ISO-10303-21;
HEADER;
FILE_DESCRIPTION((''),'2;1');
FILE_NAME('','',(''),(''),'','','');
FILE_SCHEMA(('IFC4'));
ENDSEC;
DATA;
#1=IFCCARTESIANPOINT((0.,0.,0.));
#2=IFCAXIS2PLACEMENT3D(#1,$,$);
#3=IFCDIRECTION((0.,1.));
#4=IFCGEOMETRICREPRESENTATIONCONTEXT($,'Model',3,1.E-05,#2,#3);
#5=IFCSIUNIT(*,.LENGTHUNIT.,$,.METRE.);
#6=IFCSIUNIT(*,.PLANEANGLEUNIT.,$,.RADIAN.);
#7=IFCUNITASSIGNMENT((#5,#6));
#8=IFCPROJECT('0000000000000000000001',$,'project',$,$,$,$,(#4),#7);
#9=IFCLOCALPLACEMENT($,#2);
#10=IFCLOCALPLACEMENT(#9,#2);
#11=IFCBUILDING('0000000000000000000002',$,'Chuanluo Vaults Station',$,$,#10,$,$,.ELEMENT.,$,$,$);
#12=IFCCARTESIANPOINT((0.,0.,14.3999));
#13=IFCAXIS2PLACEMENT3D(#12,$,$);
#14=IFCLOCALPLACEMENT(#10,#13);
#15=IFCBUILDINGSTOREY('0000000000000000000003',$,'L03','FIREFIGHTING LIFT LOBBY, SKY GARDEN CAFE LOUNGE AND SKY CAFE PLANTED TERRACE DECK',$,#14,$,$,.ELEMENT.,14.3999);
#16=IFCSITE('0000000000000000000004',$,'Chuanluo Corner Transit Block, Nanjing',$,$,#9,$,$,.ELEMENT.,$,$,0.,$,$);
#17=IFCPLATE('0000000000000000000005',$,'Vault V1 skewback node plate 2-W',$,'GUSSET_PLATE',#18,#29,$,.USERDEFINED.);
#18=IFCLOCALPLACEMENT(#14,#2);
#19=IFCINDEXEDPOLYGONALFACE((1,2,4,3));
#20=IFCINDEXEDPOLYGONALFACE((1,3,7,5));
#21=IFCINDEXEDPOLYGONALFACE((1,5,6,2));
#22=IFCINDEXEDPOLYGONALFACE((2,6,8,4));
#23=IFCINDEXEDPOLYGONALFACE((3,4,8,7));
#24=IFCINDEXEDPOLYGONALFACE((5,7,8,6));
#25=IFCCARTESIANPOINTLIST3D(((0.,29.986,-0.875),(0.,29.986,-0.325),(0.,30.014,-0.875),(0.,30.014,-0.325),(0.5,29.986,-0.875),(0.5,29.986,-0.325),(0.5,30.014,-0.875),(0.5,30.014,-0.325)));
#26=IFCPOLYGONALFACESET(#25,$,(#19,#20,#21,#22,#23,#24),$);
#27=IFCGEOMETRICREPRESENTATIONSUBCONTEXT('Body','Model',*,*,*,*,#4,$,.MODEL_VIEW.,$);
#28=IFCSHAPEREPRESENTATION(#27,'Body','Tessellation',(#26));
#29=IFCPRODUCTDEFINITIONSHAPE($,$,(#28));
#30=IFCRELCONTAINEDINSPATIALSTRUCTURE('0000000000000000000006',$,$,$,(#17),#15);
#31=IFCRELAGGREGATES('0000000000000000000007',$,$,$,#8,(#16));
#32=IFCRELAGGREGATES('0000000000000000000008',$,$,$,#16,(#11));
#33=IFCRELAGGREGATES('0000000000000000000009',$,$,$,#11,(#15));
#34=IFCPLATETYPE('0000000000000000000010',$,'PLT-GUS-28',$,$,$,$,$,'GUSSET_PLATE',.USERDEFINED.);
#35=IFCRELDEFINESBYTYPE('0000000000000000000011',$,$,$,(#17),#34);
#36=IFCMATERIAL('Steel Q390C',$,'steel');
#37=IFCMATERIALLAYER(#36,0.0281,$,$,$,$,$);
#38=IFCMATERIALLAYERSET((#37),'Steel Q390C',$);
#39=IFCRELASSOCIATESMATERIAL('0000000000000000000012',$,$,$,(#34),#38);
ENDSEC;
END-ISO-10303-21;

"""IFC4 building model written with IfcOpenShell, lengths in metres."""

from ifc_helpers import new_model, si_unit, direction, frame, origin, origin_2d, place, context, subcontext, project, spatial, rectangle, extrude, material, layer, layer_set, type_object, element, save


model = new_model("IFC4")

# Units and contexts
model_context = context("Model", 3, precision=1e-05, world=origin(), true_north=direction((0.0, 1.0)))
body_context = subcontext(model_context, "Body", "Model", "MODEL_VIEW")
ifc_project = project(units=[si_unit("LENGTHUNIT", "METRE"), si_unit("PLANEANGLEUNIT", "RADIAN")], contexts=[model_context])

# Site, building, storey
site_placement = place(None, origin())
site = spatial("IfcSite", under=ifc_project, at=site_placement, Name="Chuanluo Corner Transit Block, Nanjing", CompositionType="ELEMENT", RefElevation=0.0)
building_placement = place(site_placement, origin())
building = spatial("IfcBuilding", under=site, at=building_placement, Name="Chuanluo Vaults Station", CompositionType="ELEMENT")
storey_placement = place(building_placement, frame((0.0, 0.0, 14.3999)))
storey = spatial("IfcBuildingStorey", under=building, at=storey_placement, Name="L03", Description="FIREFIGHTING LIFT LOBBY, SKY GARDEN CAFE LOUNGE AND SKY CAFE PLANTED TERRACE DECK", CompositionType="ELEMENT", Elevation=14.3999)

# Plate
ifc_material_1 = material(Name="Steel Q390C", Category="steel")
ifc_layer = layer(ifc_material_1, 0.0281)
ifc_layer_set = layer_set([ifc_layer], Name="Steel Q390C")
plate_type = type_object("IfcPlateType", Name="PLT-GUS-28", ElementType="GUSSET_PLATE", PredefinedType="USERDEFINED", material=ifc_layer_set)
plate_placement = place(storey_placement, frame((0.25, 30.0, -0.875), z_axis=(0.0, 0.0, 1.0), x_axis=(1.0, 0.0, 0.0)))
element("IfcPlate", 1, at=plate_placement, inside=storey, type_object=plate_type, Name="Vault V1 skewback node plate 2-W", ObjectType="GUSSET_PLATE", PredefinedType="USERDEFINED", context=body_context, shape_type="SweptSolid", body=[
    extrude(rectangle(XDim=0.5, YDim=0.0281, at=origin_2d()), origin(), (0.0, 0.0, 1.0), 0.55),
])

save(model, "model.ifc")
